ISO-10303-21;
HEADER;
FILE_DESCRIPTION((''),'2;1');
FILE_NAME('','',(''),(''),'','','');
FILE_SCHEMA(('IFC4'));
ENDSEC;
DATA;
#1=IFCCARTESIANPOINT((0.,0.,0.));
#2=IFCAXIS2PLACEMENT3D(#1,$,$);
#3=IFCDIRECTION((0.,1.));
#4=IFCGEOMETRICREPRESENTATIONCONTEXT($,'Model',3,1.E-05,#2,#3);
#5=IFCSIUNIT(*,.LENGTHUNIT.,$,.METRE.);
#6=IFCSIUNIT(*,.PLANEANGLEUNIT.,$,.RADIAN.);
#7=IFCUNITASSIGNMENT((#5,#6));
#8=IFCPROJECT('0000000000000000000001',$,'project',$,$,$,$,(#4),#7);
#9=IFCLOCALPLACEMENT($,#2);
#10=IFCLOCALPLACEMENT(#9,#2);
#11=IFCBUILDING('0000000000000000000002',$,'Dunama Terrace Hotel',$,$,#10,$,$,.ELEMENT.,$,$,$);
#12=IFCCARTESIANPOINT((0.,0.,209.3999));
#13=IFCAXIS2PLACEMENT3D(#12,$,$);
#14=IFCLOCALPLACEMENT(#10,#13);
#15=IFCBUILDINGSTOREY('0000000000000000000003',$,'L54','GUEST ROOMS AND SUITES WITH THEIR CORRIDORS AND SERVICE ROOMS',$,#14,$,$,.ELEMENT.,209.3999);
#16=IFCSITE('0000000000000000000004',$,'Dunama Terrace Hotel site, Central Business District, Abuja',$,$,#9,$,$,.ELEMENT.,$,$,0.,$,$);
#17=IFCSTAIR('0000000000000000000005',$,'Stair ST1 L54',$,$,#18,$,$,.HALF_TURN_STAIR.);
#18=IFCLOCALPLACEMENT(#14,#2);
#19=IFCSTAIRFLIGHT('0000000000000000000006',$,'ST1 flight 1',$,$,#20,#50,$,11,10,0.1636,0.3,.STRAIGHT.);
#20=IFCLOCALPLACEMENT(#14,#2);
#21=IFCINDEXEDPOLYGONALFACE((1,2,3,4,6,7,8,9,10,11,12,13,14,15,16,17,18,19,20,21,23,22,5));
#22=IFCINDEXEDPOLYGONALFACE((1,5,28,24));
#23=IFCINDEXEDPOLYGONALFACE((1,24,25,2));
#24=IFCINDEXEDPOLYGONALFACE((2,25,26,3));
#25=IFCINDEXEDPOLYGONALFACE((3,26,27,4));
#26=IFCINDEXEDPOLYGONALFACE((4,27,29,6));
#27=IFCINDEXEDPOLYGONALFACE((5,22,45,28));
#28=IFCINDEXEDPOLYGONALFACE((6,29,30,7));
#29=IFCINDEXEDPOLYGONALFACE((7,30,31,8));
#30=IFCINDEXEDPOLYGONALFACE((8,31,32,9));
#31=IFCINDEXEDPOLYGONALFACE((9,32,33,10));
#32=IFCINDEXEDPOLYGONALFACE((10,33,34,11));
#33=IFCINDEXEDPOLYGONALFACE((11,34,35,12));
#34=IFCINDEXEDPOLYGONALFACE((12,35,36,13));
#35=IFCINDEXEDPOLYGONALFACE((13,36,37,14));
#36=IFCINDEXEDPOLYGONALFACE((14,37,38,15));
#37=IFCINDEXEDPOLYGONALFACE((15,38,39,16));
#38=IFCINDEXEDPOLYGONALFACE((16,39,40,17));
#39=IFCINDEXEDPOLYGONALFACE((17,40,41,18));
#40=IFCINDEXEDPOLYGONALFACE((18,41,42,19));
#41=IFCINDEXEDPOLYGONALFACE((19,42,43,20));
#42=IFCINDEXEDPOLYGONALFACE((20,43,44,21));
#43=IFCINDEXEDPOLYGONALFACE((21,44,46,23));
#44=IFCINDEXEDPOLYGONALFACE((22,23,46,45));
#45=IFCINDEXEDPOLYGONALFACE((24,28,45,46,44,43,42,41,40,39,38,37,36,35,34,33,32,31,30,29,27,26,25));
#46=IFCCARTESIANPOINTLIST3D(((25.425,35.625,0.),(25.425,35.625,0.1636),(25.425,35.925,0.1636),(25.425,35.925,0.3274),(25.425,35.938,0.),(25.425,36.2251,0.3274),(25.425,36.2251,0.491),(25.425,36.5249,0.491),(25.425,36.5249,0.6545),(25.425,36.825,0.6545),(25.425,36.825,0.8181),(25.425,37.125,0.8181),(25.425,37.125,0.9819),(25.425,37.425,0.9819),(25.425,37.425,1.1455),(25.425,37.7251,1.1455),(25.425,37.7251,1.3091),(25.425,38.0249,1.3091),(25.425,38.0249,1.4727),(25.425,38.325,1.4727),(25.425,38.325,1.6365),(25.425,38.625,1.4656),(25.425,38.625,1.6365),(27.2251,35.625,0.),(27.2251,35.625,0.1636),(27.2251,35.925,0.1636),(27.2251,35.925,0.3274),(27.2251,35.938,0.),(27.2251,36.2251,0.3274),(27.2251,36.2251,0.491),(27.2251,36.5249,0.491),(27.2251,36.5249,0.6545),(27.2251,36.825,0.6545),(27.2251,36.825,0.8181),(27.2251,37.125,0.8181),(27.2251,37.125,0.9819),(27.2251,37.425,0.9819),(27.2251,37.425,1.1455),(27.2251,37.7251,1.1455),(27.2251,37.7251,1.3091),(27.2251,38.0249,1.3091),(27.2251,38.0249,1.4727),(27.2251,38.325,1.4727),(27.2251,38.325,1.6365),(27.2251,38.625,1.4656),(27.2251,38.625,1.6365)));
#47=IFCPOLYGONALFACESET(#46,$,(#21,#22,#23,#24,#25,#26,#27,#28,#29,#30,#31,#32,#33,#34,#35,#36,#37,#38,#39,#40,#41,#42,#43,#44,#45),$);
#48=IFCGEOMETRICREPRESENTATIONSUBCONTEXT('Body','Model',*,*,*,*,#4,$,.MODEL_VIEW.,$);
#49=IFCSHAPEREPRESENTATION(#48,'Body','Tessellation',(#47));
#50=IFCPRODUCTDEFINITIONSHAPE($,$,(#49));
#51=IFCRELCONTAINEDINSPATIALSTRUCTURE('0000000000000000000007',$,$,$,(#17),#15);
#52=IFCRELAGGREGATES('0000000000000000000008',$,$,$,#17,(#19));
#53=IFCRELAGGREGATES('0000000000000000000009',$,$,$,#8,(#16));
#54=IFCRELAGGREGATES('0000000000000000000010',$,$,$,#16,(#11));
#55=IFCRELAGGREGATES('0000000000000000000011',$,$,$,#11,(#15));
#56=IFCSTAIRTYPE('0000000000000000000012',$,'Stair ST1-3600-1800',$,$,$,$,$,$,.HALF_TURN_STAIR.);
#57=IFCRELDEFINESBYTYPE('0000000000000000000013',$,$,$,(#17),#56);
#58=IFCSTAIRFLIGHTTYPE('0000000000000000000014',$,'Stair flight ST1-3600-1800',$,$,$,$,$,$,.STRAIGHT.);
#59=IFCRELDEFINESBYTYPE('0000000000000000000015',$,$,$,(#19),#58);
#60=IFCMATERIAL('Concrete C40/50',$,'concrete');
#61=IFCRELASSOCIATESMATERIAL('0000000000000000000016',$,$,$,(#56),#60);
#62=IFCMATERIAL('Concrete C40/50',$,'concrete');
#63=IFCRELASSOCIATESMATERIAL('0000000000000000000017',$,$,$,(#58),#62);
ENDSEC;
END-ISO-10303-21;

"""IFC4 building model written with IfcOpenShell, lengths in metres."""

from ifc_helpers import new_model, si_unit, direction, frame, origin, place, context, subcontext, project, spatial, polyline, outline, extrude, material, type_object, element, aggregate, save


model = new_model("IFC4")

# Units and contexts
model_context = context("Model", 3, precision=1e-05, world=origin(), true_north=direction((0.0, 1.0)))
body_context = subcontext(model_context, "Body", "Model", "MODEL_VIEW")
ifc_project = project(units=[si_unit("LENGTHUNIT", "METRE"), si_unit("PLANEANGLEUNIT", "RADIAN")], contexts=[model_context])

# Site, building, storey
site_placement = place(None, origin())
site = spatial("IfcSite", under=ifc_project, at=site_placement, Name="Dunama Terrace Hotel site, Central Business District, Abuja", CompositionType="ELEMENT", RefElevation=0.0)
building_placement = place(site_placement, origin())
building = spatial("IfcBuilding", under=site, at=building_placement, Name="Dunama Terrace Hotel", CompositionType="ELEMENT")
storey_placement = place(building_placement, frame((0.0, 0.0, 209.3999)))
storey = spatial("IfcBuildingStorey", under=building, at=storey_placement, Name="L54", Description="GUEST ROOMS AND SUITES WITH THEIR CORRIDORS AND SERVICE ROOMS", CompositionType="ELEMENT", Elevation=209.3999)

# Stair, stair flight
ifc_material_1 = material(Name="Concrete C40/50", Category="concrete")
stair_type = type_object("IfcStairType", Name="Stair ST1-3600-1800", PredefinedType="HALF_TURN_STAIR", material=ifc_material_1)
stair_placement = place(storey_placement, origin())
stair = element("IfcStair", 1, at=stair_placement, inside=storey, type_object=stair_type, Name="Stair ST1 L54", PredefinedType="HALF_TURN_STAIR")
ifc_material_2 = material(Name="Concrete C40/50", Category="concrete")
stair_flight_type = type_object("IfcStairFlightType", Name="Stair flight ST1-3600-1800", PredefinedType="STRAIGHT", material=ifc_material_2)
stair_flight_placement = place(storey_placement, frame((26.325, 35.625, 0.0), z_axis=(0.0, 0.0, 1.0), x_axis=(0.0, 1.0, 0.0)))
stair_flight = element("IfcStairFlight", 2, at=stair_flight_placement, type_object=stair_flight_type, Name="ST1 flight 1", NumberOfRisers=11, NumberOfTreads=10, PredefinedType="STRAIGHT", RiserHeight=0.1636, TreadLength=0.3, context=body_context, shape_type="SweptSolid", body=[
    extrude(outline(polyline([(0.0, 0.0), (0.0, 0.1636), (0.3, 0.1636), (0.3, 0.3274), (0.6001, 0.3274), (0.6001, 0.491), (0.8999, 0.491), (0.8999, 0.6545), (1.2, 0.6545), (1.2, 0.8181), (1.5, 0.8181), (1.5, 0.9819), (1.8, 0.9819), (1.8, 1.1455), (2.1001, 1.1455), (2.1001, 1.3091), (2.3999, 1.3091), (2.3999, 1.4727), (2.7, 1.4727), (2.7, 1.6365), (3.0, 1.6365), (3.0, 1.8), (3.0, 1.4656), (0.313, 0.0), (0.0, 0.0)])), frame((0.0, 0.8999, 0.0), z_axis=(0.0, -1.0, 0.0), x_axis=(1.0, 0.0, 0.0)), (0.0, 0.0, 1.0), 1.8),
])
aggregate(stair, [stair_flight])

save(model, "model.ifc")
